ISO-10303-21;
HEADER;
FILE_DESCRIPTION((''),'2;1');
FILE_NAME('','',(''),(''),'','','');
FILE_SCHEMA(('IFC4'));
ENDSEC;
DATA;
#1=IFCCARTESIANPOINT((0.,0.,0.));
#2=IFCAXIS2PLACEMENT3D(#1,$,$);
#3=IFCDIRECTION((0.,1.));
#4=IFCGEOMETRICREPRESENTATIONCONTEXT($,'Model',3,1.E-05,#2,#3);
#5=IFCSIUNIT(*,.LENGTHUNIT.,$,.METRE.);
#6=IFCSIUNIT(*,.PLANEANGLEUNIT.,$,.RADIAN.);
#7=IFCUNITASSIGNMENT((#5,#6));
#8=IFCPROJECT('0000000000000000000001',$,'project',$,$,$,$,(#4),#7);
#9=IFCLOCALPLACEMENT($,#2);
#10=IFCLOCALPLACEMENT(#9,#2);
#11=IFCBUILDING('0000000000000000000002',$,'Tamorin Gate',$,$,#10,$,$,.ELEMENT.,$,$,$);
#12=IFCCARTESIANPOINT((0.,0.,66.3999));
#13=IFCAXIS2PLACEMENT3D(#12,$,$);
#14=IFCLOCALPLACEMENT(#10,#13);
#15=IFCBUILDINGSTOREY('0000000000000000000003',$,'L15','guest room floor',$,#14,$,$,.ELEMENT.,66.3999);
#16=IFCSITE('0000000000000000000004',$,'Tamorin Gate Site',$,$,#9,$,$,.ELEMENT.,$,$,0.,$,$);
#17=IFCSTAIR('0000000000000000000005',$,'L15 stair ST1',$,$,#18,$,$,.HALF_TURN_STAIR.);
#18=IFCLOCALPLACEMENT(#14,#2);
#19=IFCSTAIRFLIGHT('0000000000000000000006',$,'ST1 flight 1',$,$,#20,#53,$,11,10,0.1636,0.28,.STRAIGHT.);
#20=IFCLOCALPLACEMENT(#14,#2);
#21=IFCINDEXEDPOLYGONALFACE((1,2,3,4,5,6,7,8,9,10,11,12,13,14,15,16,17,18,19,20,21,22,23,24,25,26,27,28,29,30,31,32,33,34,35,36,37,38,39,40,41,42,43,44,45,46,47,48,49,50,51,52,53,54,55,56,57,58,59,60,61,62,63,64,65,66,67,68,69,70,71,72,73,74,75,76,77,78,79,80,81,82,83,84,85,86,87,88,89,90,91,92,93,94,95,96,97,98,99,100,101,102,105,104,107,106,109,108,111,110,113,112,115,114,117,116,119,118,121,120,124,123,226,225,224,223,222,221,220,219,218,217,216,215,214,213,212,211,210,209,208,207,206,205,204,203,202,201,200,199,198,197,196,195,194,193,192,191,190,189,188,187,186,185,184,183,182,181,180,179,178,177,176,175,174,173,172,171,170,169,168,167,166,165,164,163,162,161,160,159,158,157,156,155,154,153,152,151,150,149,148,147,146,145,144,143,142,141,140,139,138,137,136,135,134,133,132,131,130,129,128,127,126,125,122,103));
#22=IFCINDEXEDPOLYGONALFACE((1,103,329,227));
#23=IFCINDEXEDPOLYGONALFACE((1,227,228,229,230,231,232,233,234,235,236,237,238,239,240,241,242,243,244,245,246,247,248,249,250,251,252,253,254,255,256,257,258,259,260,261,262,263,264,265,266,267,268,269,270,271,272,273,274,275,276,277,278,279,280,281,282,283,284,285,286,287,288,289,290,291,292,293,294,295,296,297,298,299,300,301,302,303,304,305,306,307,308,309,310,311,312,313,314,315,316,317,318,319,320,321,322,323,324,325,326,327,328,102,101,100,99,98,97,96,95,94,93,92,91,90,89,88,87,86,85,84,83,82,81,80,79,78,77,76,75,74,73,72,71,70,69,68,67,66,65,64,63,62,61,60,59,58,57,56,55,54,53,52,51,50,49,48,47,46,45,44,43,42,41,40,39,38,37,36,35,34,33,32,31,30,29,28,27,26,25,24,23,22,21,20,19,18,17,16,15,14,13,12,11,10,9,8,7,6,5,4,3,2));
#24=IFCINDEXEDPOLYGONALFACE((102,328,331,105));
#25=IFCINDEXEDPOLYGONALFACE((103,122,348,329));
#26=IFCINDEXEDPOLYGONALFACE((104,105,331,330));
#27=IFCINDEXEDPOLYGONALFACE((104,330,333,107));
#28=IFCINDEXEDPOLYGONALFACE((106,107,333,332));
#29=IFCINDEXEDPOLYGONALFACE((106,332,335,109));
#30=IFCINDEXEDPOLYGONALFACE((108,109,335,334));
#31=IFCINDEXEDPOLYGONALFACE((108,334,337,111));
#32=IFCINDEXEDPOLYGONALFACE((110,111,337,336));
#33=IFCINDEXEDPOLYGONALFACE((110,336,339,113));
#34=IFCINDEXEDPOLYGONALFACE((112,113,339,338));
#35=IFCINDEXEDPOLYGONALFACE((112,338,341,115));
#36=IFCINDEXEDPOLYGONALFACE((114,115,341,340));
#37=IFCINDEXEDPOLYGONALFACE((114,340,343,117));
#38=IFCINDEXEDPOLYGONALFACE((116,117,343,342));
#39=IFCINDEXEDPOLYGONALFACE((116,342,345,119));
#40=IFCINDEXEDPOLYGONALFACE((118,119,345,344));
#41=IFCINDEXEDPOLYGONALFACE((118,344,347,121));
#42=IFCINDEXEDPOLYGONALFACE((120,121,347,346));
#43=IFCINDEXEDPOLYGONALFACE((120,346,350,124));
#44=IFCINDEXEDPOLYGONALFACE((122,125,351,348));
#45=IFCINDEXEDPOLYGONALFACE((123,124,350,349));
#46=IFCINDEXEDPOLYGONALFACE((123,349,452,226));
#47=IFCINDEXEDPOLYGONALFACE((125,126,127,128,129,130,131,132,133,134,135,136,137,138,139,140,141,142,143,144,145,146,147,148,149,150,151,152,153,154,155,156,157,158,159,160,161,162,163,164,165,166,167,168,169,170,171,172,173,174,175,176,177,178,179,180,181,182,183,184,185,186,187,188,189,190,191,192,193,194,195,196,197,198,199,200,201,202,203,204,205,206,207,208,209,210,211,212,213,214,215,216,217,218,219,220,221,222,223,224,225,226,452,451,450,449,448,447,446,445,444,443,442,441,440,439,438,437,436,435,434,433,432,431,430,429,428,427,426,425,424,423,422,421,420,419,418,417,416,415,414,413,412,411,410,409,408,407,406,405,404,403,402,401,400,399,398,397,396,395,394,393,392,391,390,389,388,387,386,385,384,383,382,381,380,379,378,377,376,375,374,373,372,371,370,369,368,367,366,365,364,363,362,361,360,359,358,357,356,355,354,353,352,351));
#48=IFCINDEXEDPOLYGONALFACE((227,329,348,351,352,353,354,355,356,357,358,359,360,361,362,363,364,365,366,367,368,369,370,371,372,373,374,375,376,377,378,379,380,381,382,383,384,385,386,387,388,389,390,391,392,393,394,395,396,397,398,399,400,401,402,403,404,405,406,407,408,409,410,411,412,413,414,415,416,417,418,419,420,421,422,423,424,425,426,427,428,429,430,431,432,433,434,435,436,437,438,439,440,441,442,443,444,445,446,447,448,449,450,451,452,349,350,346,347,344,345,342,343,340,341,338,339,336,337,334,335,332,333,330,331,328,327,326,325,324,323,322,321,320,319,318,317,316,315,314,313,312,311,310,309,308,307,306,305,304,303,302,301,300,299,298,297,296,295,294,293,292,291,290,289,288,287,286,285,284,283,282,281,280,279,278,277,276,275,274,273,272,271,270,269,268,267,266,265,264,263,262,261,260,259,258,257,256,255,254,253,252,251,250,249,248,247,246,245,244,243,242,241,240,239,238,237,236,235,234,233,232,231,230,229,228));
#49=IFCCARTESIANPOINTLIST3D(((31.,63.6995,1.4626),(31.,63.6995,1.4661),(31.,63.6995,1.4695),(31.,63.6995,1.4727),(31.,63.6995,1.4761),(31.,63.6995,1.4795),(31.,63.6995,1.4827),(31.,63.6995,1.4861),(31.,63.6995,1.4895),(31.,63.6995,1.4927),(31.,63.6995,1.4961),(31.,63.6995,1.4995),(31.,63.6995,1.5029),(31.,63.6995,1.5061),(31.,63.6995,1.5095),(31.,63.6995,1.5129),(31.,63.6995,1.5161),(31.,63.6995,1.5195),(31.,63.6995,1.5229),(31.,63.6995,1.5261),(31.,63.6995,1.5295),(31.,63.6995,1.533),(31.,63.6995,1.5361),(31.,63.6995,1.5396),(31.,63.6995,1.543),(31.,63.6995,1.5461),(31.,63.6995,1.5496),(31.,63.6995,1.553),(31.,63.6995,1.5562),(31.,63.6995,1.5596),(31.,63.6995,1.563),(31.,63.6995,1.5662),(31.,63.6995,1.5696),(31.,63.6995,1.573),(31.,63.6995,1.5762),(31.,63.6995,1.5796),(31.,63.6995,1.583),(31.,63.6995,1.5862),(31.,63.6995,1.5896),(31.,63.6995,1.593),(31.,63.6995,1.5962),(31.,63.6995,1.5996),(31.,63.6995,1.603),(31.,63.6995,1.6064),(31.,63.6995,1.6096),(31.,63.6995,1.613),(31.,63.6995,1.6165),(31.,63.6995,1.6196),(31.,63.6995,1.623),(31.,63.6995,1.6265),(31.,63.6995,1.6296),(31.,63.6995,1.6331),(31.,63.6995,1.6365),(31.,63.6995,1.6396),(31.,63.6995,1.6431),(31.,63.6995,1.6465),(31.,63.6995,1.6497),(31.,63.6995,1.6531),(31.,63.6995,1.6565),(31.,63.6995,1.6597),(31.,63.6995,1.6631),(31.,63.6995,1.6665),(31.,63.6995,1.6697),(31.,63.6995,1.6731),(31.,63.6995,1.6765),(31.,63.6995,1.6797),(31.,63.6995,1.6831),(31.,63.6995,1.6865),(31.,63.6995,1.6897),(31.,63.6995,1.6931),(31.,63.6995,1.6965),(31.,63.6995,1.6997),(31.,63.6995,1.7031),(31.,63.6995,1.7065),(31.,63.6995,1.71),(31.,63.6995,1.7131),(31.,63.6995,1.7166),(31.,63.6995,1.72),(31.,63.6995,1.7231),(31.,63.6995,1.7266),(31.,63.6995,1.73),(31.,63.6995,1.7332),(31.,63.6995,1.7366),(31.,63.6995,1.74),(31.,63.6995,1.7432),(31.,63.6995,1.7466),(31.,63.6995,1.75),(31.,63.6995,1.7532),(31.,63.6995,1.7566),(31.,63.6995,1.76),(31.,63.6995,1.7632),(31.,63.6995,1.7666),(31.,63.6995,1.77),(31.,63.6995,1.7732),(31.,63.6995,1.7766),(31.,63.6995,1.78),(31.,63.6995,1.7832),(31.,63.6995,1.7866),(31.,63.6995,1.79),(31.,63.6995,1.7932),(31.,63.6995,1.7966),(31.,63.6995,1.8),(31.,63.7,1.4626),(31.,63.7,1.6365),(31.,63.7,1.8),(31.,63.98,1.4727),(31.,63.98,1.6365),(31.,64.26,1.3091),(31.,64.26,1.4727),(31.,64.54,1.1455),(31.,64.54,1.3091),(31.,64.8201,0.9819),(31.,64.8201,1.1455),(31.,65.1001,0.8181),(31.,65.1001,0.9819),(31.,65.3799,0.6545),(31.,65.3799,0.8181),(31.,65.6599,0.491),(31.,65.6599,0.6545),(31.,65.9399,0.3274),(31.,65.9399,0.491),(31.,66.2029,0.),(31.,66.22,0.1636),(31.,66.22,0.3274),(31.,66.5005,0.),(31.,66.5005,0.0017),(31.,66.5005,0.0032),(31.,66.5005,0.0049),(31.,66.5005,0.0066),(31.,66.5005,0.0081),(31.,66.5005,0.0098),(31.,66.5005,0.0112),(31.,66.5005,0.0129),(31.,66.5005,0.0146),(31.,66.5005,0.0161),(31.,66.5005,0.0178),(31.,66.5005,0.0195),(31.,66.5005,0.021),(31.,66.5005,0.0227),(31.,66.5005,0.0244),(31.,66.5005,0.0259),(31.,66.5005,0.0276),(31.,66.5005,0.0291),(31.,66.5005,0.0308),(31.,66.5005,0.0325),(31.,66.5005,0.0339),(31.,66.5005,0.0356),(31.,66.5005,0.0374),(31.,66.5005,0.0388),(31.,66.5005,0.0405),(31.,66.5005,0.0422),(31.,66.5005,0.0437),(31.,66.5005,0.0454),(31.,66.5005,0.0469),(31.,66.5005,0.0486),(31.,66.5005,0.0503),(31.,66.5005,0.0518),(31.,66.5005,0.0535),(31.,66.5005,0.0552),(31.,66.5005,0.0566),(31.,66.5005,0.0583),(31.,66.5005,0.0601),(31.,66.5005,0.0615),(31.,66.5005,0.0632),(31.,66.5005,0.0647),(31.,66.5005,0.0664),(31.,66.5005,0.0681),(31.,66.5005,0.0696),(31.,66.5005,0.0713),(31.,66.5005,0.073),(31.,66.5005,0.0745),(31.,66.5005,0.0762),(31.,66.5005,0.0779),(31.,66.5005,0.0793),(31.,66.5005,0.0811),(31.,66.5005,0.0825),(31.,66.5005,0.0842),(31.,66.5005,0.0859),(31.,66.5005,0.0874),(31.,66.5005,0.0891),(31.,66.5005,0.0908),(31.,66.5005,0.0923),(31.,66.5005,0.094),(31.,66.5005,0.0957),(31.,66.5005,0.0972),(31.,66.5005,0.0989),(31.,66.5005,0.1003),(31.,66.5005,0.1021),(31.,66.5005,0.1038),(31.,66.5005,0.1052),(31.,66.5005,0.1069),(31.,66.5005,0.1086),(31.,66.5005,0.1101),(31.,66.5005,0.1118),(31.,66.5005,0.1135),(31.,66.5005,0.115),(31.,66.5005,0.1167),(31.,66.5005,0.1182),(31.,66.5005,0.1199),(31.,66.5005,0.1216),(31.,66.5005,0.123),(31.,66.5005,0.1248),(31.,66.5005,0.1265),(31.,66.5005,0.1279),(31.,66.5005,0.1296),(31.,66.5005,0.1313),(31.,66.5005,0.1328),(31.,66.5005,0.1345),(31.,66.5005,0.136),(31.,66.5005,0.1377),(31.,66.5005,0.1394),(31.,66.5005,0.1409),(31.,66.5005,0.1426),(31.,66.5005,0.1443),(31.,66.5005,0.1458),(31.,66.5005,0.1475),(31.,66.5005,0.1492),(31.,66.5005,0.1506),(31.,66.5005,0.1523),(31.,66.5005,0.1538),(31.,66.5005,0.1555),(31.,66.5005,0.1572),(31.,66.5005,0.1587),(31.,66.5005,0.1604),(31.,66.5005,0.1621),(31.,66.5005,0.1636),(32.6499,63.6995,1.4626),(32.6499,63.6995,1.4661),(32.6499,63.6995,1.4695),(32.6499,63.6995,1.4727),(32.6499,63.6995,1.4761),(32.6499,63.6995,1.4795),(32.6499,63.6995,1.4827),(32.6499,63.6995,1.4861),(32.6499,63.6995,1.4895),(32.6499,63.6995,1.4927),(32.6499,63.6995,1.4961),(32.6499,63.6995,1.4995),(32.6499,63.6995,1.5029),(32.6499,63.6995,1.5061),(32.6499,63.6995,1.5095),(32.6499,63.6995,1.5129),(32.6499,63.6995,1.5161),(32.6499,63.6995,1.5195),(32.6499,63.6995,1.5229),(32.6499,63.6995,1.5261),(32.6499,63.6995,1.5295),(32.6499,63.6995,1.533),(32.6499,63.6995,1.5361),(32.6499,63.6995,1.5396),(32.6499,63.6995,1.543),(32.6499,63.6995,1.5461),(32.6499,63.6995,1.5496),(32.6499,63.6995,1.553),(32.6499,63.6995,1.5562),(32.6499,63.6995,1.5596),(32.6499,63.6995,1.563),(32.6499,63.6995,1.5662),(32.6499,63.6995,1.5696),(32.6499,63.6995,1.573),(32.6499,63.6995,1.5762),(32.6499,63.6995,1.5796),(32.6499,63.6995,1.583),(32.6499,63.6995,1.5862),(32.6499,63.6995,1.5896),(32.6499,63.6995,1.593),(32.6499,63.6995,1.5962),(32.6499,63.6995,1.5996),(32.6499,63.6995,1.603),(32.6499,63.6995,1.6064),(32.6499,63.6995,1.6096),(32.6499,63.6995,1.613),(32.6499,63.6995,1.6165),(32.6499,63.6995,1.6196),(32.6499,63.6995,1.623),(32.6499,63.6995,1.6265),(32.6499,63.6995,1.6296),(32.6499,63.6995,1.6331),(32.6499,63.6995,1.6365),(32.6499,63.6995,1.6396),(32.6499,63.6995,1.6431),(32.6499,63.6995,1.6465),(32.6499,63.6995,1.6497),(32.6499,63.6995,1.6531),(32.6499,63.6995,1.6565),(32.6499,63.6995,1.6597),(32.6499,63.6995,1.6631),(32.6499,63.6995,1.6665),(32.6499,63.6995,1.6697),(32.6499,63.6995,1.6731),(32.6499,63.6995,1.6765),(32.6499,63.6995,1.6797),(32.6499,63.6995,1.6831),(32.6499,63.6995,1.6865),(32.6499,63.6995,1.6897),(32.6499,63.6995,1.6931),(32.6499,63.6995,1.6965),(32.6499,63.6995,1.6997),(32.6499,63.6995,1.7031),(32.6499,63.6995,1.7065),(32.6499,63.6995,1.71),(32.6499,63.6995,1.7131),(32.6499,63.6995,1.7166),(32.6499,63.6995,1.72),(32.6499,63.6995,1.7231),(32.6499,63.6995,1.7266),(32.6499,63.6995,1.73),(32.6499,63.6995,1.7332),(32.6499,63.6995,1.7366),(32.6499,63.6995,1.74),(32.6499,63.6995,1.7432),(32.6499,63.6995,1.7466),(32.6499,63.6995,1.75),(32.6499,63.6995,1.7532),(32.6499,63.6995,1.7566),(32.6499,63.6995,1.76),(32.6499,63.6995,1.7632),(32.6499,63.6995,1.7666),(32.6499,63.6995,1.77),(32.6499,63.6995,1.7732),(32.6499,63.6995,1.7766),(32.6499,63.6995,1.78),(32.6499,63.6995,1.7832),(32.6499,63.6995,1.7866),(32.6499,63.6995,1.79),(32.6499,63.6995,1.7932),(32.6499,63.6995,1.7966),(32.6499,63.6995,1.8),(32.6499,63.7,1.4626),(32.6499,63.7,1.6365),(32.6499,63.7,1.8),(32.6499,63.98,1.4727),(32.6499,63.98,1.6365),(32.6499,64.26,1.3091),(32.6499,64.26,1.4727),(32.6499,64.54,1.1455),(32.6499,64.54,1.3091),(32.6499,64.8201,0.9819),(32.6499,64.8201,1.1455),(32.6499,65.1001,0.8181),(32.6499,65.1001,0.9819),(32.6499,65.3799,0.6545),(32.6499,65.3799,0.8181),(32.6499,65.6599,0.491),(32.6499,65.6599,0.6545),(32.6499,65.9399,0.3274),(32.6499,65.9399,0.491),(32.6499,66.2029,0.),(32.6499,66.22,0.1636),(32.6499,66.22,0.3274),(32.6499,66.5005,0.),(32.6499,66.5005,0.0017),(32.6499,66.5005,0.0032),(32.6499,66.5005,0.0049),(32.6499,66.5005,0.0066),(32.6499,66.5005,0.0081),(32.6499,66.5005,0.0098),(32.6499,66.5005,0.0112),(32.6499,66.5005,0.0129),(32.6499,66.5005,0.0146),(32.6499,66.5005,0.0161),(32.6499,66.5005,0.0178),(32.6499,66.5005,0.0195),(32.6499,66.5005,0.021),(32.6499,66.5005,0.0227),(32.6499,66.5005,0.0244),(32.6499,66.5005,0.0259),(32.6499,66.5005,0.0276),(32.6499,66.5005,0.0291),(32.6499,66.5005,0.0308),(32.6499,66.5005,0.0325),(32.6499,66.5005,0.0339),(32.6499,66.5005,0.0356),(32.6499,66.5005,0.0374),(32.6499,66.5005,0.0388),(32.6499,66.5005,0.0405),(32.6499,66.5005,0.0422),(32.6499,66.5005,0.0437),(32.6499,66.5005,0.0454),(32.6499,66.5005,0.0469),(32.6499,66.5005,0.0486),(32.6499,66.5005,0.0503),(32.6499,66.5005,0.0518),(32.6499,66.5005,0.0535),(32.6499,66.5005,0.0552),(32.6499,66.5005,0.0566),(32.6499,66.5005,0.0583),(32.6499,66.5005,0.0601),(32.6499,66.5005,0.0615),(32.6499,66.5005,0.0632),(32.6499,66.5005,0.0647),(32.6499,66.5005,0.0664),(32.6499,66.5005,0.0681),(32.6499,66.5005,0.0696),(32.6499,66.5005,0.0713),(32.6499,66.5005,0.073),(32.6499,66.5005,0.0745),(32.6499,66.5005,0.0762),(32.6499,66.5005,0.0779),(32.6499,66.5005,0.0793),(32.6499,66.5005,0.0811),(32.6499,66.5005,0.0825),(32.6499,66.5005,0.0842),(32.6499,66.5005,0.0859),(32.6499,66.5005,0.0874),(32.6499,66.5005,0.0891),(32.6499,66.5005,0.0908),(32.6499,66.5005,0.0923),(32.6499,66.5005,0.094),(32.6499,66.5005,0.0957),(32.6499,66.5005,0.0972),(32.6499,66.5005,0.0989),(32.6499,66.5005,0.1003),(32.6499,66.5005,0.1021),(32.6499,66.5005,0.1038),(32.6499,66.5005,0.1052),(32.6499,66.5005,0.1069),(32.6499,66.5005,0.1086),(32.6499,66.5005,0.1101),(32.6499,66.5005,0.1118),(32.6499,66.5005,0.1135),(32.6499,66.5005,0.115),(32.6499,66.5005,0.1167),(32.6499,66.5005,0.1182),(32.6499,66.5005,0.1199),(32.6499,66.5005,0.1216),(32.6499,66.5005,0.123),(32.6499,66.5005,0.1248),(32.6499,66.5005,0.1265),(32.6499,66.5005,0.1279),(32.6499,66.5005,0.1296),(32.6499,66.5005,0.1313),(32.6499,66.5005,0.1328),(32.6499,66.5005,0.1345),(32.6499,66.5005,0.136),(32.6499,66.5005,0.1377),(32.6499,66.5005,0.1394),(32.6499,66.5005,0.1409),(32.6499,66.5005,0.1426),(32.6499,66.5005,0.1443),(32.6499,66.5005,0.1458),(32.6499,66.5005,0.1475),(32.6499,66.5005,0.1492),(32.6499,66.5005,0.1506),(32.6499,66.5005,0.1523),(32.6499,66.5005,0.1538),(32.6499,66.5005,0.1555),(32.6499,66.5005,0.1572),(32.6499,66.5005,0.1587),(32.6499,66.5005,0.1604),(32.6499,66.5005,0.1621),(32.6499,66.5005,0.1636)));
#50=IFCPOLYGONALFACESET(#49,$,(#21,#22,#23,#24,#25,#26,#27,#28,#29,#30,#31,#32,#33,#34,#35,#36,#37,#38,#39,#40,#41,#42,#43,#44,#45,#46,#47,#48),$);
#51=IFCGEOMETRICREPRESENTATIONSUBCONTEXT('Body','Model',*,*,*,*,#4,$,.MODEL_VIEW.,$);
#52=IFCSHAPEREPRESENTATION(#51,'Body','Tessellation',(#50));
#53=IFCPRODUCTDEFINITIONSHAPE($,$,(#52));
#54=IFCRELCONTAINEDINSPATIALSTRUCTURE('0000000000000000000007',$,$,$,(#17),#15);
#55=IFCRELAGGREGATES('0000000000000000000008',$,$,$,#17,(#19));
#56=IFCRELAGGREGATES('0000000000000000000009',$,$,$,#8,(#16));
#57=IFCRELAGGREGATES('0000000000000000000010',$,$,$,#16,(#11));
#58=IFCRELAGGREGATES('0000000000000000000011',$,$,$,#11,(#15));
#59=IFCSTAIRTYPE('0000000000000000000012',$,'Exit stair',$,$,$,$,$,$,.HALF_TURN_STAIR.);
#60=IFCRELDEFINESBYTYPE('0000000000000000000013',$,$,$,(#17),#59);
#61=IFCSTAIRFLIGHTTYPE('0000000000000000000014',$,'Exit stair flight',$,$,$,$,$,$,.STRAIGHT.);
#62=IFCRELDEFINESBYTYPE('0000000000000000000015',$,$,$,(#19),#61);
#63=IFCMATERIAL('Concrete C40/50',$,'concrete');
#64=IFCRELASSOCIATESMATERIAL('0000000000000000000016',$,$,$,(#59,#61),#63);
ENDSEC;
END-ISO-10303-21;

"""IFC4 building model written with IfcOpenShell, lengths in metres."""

from ifc_helpers import new_model, si_unit, direction, frame, origin, place, context, subcontext, project, spatial, polyline, outline, extrude, material, type_object, element, aggregate, save


model = new_model("IFC4")

# Units and contexts
model_context = context("Model", 3, precision=1e-05, world=origin(), true_north=direction((0.0, 1.0)))
body_context = subcontext(model_context, "Body", "Model", "MODEL_VIEW")
ifc_project = project(units=[si_unit("LENGTHUNIT", "METRE"), si_unit("PLANEANGLEUNIT", "RADIAN")], contexts=[model_context])

# Site, building, storey
site_placement = place(None, origin())
site = spatial("IfcSite", under=ifc_project, at=site_placement, Name="Tamorin Gate Site", CompositionType="ELEMENT", RefElevation=0.0)
building_placement = place(site_placement, origin())
building = spatial("IfcBuilding", under=site, at=building_placement, Name="Tamorin Gate", CompositionType="ELEMENT")
storey_placement = place(building_placement, frame((0.0, 0.0, 66.3999)))
storey = spatial("IfcBuildingStorey", under=building, at=storey_placement, Name="L15", Description="guest room floor", CompositionType="ELEMENT", Elevation=66.3999)

# Shared definitions
ifc_material_1 = material(Name="Concrete C40/50", Category="concrete")

# Stair, stair flight
stair_type = type_object("IfcStairType", Name="Exit stair", PredefinedType="HALF_TURN_STAIR", material=ifc_material_1)
stair_placement = place(storey_placement, origin())
stair = element("IfcStair", 1, at=stair_placement, inside=storey, type_object=stair_type, Name="L15 stair ST1", PredefinedType="HALF_TURN_STAIR")
stair_flight_type = type_object("IfcStairFlightType", Name="Exit stair flight", PredefinedType="STRAIGHT", material=ifc_material_1)
stair_flight_1_placement = place(storey_placement, frame((31.825, 66.5, 0.0), z_axis=(0.0, 0.0, 1.0), x_axis=(0.0, -1.0, 0.0)))
stair_flight_1 = element("IfcStairFlight", 2, at=stair_flight_1_placement, type_object=stair_flight_type, Name="ST1 flight 1", NumberOfRisers=11, NumberOfTreads=10, PredefinedType="STRAIGHT", RiserHeight=0.1636, TreadLength=0.28, context=body_context, shape_type="SweptSolid", body=[
    extrude(outline(polyline([(-0.0005, 0.0), (-0.0005, 0.0017), (-0.0005, 0.0032), (-0.0005, 0.0049), (-0.0005, 0.0066), (-0.0005, 0.0081), (-0.0005, 0.0098), (-0.0005, 0.0112), (-0.0005, 0.0129), (-0.0005, 0.0146), (-0.0005, 0.0161), (-0.0005, 0.0178), (-0.0005, 0.0195), (-0.0005, 0.021), (-0.0005, 0.0227), (-0.0005, 0.0244), (-0.0005, 0.0259), (-0.0005, 0.0276), (-0.0005, 0.0291), (-0.0005, 0.0308), (-0.0005, 0.0325), (-0.0005, 0.0339), (-0.0005, 0.0356), (-0.0005, 0.0374), (-0.0005, 0.0388), (-0.0005, 0.0405), (-0.0005, 0.0422), (-0.0005, 0.0437), (-0.0005, 0.0454), (-0.0005, 0.0469), (-0.0005, 0.0486), (-0.0005, 0.0503), (-0.0005, 0.0518), (-0.0005, 0.0535), (-0.0005, 0.0552), (-0.0005, 0.0566), (-0.0005, 0.0583), (-0.0005, 0.0601), (-0.0005, 0.0615), (-0.0005, 0.0632), (-0.0005, 0.0647), (-0.0005, 0.0664), (-0.0005, 0.0681), (-0.0005, 0.0696), (-0.0005, 0.0713), (-0.0005, 0.073), (-0.0005, 0.0745), (-0.0005, 0.0762), (-0.0005, 0.0779), (-0.0005, 0.0793), (-0.0005, 0.0811), (-0.0005, 0.0825), (-0.0005, 0.0842), (-0.0005, 0.0859), (-0.0005, 0.0874), (-0.0005, 0.0891), (-0.0005, 0.0908), (-0.0005, 0.0923), (-0.0005, 0.094), (-0.0005, 0.0957), (-0.0005, 0.0972), (-0.0005, 0.0989), (-0.0005, 0.1003), (-0.0005, 0.1021), (-0.0005, 0.1038), (-0.0005, 0.1052), (-0.0005, 0.1069), (-0.0005, 0.1086), (-0.0005, 0.1101), (-0.0005, 0.1118), (-0.0005, 0.1135), (-0.0005, 0.115), (-0.0005, 0.1167), (-0.0005, 0.1182), (-0.0005, 0.1199), (-0.0005, 0.1216), (-0.0005, 0.123), (-0.0005, 0.1248), (-0.0005, 0.1265), (-0.0005, 0.1279), (-0.0005, 0.1296), (-0.0005, 0.1313), (-0.0005, 0.1328), (-0.0005, 0.1345), (-0.0005, 0.136), (-0.0005, 0.1377), (-0.0005, 0.1394), (-0.0005, 0.1409), (-0.0005, 0.1426), (-0.0005, 0.1443), (-0.0005, 0.1458), (-0.0005, 0.1475), (-0.0005, 0.1492), (-0.0005, 0.1506), (-0.0005, 0.1523), (-0.0005, 0.1538), (-0.0005, 0.1555), (-0.0005, 0.1572), (-0.0005, 0.1587), (-0.0005, 0.1604), (-0.0005, 0.1621), (-0.0005, 0.1636), (0.28, 0.1636), (0.28, 0.3274), (0.5601, 0.3274), (0.5601, 0.491), (0.8401, 0.491), (0.8401, 0.6545), (1.1201, 0.6545), (1.1201, 0.8181), (1.3999, 0.8181), (1.3999, 0.9819), (1.6799, 0.9819), (1.6799, 1.1455), (1.96, 1.1455), (1.96, 1.3091), (2.24, 1.3091), (2.24, 1.4727), (2.52, 1.4727), (2.52, 1.6365), (2.8, 1.6365), (2.8, 1.8), (2.8005, 1.8), (2.8005, 1.7966), (2.8005, 1.7932), (2.8005, 1.79), (2.8005, 1.7866), (2.8005, 1.7832), (2.8005, 1.78), (2.8005, 1.7766), (2.8005, 1.7732), (2.8005, 1.77), (2.8005, 1.7666), (2.8005, 1.7632), (2.8005, 1.76), (2.8005, 1.7566), (2.8005, 1.7532), (2.8005, 1.75), (2.8005, 1.7466), (2.8005, 1.7432), (2.8005, 1.74), (2.8005, 1.7366), (2.8005, 1.7332), (2.8005, 1.73), (2.8005, 1.7266), (2.8005, 1.7231), (2.8005, 1.72), (2.8005, 1.7166), (2.8005, 1.7131), (2.8005, 1.71), (2.8005, 1.7065), (2.8005, 1.7031), (2.8005, 1.6997), (2.8005, 1.6965), (2.8005, 1.6931), (2.8005, 1.6897), (2.8005, 1.6865), (2.8005, 1.6831), (2.8005, 1.6797), (2.8005, 1.6765), (2.8005, 1.6731), (2.8005, 1.6697), (2.8005, 1.6665), (2.8005, 1.6631), (2.8005, 1.6597), (2.8005, 1.6565), (2.8005, 1.6531), (2.8005, 1.6497), (2.8005, 1.6465), (2.8005, 1.6431), (2.8005, 1.6396), (2.8005, 1.6365), (2.8005, 1.6331), (2.8005, 1.6296), (2.8005, 1.6265), (2.8005, 1.623), (2.8005, 1.6196), (2.8005, 1.6165), (2.8005, 1.613), (2.8005, 1.6096), (2.8005, 1.6064), (2.8005, 1.603), (2.8005, 1.5996), (2.8005, 1.5962), (2.8005, 1.593), (2.8005, 1.5896), (2.8005, 1.5862), (2.8005, 1.583), (2.8005, 1.5796), (2.8005, 1.5762), (2.8005, 1.573), (2.8005, 1.5696), (2.8005, 1.5662), (2.8005, 1.563), (2.8005, 1.5596), (2.8005, 1.5562), (2.8005, 1.553), (2.8005, 1.5496), (2.8005, 1.5461), (2.8005, 1.543), (2.8005, 1.5396), (2.8005, 1.5361), (2.8005, 1.533), (2.8005, 1.5295), (2.8005, 1.5261), (2.8005, 1.5229), (2.8005, 1.5195), (2.8005, 1.5161), (2.8005, 1.5129), (2.8005, 1.5095), (2.8005, 1.5061), (2.8005, 1.5029), (2.8005, 1.4995), (2.8005, 1.4961), (2.8005, 1.4927), (2.8005, 1.4895), (2.8005, 1.4861), (2.8005, 1.4827), (2.8005, 1.4795), (2.8005, 1.4761), (2.8005, 1.4727), (2.8005, 1.4695), (2.8005, 1.4661), (2.8005, 1.4626), (2.8, 1.4626), (0.2971, 0.0), (-0.0005, 0.0)])), frame((0.0, 0.825, 0.0), z_axis=(0.0, -1.0, 0.0), x_axis=(1.0, 0.0, 0.0)), (0.0, 0.0, 1.0), 1.6499),
])
aggregate(stair, [stair_flight_1])

save(model, "model.ifc")
